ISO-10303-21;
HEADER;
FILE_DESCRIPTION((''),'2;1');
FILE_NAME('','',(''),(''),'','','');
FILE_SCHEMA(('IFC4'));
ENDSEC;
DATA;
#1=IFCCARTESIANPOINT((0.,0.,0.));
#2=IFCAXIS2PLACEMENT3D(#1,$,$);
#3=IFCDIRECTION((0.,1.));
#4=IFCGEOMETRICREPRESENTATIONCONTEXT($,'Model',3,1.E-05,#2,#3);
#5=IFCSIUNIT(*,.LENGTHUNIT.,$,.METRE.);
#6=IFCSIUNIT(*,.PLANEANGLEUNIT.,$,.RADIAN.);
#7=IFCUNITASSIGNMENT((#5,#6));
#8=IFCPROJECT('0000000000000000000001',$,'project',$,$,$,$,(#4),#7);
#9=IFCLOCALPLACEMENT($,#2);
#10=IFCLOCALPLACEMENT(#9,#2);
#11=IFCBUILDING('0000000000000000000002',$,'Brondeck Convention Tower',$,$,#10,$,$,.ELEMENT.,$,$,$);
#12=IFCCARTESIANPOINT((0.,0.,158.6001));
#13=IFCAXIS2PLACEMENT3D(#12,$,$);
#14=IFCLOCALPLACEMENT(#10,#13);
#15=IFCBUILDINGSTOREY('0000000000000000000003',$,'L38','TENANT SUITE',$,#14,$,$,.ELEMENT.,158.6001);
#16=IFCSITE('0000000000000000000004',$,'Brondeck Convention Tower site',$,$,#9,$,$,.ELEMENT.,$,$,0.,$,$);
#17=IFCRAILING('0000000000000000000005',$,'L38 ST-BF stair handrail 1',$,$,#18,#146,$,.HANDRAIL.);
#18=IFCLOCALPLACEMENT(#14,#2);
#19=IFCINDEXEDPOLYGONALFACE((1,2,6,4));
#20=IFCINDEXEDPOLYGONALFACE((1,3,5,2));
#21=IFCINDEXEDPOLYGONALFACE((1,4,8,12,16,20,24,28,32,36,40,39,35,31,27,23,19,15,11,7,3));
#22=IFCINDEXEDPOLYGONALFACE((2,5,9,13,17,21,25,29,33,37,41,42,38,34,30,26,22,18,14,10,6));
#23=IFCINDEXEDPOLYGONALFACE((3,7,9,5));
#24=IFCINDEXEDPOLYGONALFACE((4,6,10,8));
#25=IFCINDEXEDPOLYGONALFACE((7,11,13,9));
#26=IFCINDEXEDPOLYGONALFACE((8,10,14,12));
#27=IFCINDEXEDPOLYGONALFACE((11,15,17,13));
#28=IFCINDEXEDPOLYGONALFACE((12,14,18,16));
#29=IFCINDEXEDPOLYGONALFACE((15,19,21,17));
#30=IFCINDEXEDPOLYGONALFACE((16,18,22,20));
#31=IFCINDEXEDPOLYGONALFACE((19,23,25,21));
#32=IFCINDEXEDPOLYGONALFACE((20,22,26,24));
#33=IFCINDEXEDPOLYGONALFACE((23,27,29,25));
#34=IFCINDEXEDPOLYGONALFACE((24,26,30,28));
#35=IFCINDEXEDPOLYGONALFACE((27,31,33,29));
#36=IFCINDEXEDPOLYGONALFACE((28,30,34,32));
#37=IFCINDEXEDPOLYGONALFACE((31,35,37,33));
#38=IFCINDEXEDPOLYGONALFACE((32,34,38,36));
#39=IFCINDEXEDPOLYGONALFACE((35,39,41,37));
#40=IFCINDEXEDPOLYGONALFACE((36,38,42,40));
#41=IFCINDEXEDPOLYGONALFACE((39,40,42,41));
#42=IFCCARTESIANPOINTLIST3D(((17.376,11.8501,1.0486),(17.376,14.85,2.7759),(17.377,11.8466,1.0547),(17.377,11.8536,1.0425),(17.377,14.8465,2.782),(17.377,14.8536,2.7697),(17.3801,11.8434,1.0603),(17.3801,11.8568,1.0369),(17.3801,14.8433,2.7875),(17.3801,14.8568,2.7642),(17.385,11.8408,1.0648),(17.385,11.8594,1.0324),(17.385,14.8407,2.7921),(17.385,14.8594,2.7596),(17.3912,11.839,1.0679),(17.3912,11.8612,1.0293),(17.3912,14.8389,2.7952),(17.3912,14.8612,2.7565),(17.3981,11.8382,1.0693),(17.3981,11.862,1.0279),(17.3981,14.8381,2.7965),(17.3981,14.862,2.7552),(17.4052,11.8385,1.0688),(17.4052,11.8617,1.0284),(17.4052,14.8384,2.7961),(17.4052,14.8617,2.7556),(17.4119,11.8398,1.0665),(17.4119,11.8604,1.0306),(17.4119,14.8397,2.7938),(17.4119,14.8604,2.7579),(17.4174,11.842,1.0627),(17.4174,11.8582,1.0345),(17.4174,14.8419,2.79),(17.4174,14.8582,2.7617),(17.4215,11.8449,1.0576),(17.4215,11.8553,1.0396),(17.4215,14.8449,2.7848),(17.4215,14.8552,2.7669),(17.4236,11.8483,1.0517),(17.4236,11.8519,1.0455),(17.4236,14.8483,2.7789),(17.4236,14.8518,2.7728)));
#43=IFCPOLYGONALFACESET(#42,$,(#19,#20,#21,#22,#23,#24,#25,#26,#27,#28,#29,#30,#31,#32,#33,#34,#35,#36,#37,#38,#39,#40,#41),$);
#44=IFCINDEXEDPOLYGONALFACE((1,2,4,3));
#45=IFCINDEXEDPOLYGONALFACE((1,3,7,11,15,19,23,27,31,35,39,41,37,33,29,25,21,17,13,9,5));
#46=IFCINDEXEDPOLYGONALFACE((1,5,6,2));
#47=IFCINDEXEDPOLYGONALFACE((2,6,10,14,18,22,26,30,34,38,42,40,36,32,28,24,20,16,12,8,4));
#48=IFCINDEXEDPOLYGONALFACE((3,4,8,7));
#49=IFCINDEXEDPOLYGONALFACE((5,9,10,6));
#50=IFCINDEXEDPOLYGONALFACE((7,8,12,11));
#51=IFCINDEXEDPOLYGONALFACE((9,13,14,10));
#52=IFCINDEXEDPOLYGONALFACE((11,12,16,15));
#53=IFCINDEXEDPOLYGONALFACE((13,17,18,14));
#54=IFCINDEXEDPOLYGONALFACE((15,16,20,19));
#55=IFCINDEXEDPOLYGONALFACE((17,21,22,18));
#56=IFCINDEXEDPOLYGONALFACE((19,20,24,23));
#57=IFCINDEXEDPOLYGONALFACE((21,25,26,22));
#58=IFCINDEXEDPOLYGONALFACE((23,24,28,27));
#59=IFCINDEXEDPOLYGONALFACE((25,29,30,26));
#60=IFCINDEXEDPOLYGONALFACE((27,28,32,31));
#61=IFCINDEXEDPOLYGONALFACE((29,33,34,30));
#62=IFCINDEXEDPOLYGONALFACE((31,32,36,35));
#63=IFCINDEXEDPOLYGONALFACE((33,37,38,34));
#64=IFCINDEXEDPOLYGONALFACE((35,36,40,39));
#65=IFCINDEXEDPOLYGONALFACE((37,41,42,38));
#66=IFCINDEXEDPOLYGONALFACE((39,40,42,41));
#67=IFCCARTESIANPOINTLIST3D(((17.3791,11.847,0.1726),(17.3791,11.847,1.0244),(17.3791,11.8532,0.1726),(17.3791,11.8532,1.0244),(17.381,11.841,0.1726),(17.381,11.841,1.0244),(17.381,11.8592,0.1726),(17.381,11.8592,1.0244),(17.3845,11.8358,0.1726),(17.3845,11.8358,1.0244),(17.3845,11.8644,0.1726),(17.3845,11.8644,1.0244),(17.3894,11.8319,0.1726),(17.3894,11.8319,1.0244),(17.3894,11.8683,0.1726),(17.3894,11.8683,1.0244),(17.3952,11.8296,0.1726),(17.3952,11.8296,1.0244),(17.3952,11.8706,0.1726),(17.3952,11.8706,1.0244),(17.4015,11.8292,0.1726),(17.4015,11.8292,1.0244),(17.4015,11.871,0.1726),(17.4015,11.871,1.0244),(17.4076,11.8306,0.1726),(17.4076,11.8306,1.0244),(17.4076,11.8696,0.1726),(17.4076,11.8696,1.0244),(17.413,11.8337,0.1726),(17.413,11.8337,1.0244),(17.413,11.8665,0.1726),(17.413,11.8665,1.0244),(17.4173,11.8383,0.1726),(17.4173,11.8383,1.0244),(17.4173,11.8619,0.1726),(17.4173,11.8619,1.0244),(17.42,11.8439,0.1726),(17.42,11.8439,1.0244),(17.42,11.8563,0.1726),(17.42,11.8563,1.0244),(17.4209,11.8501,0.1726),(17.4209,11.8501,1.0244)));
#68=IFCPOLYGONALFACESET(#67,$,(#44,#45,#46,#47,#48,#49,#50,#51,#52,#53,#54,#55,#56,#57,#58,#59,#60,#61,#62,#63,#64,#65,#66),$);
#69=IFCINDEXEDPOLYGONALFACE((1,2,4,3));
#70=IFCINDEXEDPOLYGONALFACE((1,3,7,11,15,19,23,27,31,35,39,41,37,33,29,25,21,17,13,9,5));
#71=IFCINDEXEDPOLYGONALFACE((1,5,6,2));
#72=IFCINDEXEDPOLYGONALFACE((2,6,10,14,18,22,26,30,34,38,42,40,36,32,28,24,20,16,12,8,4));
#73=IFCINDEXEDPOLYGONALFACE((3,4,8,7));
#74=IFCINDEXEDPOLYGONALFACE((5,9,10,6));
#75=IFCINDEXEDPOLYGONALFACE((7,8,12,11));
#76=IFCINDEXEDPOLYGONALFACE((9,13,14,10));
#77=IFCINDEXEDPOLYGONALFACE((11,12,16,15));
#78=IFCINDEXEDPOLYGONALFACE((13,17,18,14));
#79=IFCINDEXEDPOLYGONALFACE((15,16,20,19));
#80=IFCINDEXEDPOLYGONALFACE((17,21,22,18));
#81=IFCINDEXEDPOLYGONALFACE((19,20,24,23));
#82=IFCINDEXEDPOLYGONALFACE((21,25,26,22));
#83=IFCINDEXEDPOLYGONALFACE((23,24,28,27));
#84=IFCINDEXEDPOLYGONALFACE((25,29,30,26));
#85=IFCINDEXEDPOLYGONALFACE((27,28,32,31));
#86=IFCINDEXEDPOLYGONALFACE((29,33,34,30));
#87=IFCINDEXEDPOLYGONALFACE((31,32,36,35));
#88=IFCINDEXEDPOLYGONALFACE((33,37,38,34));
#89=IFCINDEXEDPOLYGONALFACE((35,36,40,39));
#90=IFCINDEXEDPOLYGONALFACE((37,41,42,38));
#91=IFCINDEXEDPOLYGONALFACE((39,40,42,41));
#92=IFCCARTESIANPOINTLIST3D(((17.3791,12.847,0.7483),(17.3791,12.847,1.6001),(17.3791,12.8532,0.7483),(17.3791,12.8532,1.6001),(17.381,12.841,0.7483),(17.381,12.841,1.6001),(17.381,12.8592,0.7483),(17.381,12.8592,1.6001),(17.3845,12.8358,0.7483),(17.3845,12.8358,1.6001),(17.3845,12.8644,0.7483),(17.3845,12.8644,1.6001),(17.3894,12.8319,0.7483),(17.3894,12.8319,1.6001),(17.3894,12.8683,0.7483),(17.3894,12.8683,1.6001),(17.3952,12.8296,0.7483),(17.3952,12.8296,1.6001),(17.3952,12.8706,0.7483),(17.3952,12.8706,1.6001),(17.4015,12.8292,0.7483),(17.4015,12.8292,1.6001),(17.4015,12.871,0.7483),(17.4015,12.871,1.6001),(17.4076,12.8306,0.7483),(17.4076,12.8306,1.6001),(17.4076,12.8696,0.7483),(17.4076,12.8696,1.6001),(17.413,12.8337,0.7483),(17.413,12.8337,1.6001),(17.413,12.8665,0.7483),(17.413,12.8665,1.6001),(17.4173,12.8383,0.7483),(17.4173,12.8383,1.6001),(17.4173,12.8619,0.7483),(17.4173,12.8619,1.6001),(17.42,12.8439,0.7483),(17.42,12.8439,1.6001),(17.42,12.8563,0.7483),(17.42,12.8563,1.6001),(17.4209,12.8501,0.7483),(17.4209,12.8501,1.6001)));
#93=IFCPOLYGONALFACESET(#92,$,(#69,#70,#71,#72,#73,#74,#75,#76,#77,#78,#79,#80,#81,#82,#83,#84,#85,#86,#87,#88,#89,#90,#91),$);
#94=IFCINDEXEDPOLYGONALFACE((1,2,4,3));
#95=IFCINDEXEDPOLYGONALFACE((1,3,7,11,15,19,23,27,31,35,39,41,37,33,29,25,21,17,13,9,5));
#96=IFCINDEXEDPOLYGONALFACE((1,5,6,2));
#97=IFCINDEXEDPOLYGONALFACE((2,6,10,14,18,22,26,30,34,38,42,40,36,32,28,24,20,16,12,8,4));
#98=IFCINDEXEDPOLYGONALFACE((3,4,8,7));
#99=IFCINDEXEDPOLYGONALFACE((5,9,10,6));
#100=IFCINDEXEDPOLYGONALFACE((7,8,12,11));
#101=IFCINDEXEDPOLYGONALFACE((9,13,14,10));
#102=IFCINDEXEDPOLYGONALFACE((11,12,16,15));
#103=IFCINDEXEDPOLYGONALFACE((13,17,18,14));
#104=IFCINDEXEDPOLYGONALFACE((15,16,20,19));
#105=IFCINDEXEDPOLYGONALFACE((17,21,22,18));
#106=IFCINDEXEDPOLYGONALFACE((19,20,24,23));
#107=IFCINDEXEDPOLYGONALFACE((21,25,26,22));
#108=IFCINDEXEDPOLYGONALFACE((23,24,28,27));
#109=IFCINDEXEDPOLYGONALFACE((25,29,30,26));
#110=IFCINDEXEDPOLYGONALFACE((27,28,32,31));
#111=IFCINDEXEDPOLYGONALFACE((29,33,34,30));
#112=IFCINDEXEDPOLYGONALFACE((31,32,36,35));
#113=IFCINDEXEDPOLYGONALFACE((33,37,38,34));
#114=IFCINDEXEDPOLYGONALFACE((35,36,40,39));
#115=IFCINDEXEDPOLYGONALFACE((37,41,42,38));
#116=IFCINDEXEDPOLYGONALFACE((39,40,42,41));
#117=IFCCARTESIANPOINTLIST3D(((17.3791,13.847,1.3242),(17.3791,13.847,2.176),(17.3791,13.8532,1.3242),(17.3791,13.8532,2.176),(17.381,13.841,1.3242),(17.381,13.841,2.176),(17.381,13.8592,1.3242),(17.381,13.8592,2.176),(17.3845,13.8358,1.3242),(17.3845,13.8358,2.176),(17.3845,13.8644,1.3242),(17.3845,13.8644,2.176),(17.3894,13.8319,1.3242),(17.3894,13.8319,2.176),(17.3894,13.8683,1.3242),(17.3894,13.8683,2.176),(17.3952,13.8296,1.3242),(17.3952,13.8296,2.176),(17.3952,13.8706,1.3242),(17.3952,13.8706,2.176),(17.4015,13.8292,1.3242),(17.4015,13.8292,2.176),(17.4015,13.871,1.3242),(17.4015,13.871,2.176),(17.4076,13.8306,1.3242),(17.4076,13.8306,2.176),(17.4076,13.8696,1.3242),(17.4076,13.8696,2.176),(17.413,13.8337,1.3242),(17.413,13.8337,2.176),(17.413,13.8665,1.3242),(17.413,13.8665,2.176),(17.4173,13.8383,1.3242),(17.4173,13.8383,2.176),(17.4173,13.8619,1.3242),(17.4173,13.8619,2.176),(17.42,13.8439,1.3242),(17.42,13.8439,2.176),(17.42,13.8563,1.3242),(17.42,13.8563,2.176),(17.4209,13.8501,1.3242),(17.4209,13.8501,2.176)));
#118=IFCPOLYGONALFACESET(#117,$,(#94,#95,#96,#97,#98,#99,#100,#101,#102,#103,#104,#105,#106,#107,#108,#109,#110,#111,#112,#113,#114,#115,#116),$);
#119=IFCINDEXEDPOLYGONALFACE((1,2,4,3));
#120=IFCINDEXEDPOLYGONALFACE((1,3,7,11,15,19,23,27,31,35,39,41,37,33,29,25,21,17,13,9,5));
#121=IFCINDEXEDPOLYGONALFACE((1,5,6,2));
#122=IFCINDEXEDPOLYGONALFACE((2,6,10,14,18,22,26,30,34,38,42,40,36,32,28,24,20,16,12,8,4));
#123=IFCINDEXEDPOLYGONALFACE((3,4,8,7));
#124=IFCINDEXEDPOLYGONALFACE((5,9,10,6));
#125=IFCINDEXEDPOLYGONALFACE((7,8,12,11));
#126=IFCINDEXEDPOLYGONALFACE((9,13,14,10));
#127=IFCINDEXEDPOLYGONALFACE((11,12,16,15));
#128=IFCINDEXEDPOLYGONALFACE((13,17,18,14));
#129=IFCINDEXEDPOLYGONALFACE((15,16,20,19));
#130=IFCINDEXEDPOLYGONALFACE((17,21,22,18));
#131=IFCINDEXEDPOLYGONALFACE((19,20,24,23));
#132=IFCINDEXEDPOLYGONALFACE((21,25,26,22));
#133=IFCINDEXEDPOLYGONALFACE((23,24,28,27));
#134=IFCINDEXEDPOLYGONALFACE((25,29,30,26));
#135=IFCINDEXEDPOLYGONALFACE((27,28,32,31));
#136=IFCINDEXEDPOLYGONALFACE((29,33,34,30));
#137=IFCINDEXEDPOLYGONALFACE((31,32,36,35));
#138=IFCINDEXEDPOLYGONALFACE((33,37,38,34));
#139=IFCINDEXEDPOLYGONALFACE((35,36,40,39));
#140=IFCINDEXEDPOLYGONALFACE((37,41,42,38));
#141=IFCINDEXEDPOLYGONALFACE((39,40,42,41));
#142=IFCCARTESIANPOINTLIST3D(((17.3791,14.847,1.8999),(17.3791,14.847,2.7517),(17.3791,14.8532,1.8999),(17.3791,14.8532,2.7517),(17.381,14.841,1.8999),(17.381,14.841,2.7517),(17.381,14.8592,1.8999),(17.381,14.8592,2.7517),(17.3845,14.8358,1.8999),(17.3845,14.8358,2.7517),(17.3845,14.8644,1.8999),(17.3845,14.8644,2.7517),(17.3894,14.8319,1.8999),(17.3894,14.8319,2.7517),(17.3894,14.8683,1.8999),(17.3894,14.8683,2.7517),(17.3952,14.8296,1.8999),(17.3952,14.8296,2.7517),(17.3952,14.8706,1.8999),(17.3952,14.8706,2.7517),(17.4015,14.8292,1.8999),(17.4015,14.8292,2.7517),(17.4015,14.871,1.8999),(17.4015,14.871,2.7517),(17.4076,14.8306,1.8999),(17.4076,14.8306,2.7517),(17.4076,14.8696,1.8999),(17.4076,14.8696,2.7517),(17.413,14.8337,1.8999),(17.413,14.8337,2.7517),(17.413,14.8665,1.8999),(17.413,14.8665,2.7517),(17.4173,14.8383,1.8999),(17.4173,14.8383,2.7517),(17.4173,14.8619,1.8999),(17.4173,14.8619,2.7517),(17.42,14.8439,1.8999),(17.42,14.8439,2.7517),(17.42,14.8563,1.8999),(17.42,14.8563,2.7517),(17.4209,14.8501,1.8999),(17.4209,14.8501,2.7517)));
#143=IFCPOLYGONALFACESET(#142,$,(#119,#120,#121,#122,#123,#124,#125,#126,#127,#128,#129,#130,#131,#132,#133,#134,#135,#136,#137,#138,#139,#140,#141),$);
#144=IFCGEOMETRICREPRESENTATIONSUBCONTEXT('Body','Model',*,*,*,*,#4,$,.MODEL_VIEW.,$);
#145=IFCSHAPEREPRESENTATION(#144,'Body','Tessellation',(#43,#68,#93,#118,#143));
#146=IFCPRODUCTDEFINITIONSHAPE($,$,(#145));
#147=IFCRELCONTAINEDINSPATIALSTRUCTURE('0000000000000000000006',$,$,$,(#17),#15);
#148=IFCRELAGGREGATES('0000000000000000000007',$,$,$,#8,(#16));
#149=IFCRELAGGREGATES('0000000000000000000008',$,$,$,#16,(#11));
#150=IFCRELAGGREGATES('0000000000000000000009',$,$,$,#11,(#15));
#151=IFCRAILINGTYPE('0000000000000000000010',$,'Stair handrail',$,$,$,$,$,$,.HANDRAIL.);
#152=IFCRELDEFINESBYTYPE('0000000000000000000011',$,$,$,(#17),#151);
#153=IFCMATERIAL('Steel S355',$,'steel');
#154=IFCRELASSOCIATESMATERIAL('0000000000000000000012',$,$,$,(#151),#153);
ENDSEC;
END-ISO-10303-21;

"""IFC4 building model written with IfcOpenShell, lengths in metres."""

from ifc_helpers import new_model, si_unit, direction, frame, origin, origin_2d, place, context, subcontext, project, spatial, circle, extrude, material, type_object, element, save


model = new_model("IFC4")

# Units and contexts
model_context = context("Model", 3, precision=1e-05, world=origin(), true_north=direction((0.0, 1.0)))
body_context = subcontext(model_context, "Body", "Model", "MODEL_VIEW")
ifc_project = project(units=[si_unit("LENGTHUNIT", "METRE"), si_unit("PLANEANGLEUNIT", "RADIAN")], contexts=[model_context])

# Site, building, storey
site_placement = place(None, origin())
site = spatial("IfcSite", under=ifc_project, at=site_placement, Name="Brondeck Convention Tower site", CompositionType="ELEMENT", RefElevation=0.0)
building_placement = place(site_placement, origin())
building = spatial("IfcBuilding", under=site, at=building_placement, Name="Brondeck Convention Tower", CompositionType="ELEMENT")
storey_placement = place(building_placement, frame((0.0, 0.0, 158.6001)))
storey = spatial("IfcBuildingStorey", under=building, at=storey_placement, Name="L38", Description="TENANT SUITE", CompositionType="ELEMENT", Elevation=158.6001)

# Shared definitions
ifc_material_1 = material(Name="Steel S355", Category="steel")

# Railing
railing_type_1 = type_object("IfcRailingType", Name="Stair handrail", PredefinedType="HANDRAIL", material=ifc_material_1)
railing_1_placement = place(storey_placement, frame((17.3999, 11.8501, 0.1726)))
element("IfcRailing", 1, at=railing_1_placement, inside=storey, type_object=railing_type_1, Name="L38 ST-BF stair handrail 1", PredefinedType="HANDRAIL", context=body_context, shape_type="SweptSolid", body=[
    extrude(circle(Radius=0.0239, at=origin_2d()), frame((0.0, 0.0, 0.876), z_axis=(0.0, 0.86662, 0.498969), x_axis=(-1.0, 0.0, 0.0)), (0.0, 0.0, 1.0), 3.4617),
    extrude(circle(Radius=0.021, at=origin_2d()), origin(), (0.0, 0.0, 1.0), 0.8518),
    extrude(circle(Radius=0.021, at=origin_2d()), frame((0.0, 1.0, 0.5757)), (0.0, 0.0, 1.0), 0.8518),
    extrude(circle(Radius=0.021, at=origin_2d()), frame((0.0, 2.0, 1.1516)), (0.0, 0.0, 1.0), 0.8518),
    extrude(circle(Radius=0.021, at=origin_2d()), frame((0.0, 3.0, 1.7273)), (0.0, 0.0, 1.0), 0.8518),
])

save(model, "model.ifc")
